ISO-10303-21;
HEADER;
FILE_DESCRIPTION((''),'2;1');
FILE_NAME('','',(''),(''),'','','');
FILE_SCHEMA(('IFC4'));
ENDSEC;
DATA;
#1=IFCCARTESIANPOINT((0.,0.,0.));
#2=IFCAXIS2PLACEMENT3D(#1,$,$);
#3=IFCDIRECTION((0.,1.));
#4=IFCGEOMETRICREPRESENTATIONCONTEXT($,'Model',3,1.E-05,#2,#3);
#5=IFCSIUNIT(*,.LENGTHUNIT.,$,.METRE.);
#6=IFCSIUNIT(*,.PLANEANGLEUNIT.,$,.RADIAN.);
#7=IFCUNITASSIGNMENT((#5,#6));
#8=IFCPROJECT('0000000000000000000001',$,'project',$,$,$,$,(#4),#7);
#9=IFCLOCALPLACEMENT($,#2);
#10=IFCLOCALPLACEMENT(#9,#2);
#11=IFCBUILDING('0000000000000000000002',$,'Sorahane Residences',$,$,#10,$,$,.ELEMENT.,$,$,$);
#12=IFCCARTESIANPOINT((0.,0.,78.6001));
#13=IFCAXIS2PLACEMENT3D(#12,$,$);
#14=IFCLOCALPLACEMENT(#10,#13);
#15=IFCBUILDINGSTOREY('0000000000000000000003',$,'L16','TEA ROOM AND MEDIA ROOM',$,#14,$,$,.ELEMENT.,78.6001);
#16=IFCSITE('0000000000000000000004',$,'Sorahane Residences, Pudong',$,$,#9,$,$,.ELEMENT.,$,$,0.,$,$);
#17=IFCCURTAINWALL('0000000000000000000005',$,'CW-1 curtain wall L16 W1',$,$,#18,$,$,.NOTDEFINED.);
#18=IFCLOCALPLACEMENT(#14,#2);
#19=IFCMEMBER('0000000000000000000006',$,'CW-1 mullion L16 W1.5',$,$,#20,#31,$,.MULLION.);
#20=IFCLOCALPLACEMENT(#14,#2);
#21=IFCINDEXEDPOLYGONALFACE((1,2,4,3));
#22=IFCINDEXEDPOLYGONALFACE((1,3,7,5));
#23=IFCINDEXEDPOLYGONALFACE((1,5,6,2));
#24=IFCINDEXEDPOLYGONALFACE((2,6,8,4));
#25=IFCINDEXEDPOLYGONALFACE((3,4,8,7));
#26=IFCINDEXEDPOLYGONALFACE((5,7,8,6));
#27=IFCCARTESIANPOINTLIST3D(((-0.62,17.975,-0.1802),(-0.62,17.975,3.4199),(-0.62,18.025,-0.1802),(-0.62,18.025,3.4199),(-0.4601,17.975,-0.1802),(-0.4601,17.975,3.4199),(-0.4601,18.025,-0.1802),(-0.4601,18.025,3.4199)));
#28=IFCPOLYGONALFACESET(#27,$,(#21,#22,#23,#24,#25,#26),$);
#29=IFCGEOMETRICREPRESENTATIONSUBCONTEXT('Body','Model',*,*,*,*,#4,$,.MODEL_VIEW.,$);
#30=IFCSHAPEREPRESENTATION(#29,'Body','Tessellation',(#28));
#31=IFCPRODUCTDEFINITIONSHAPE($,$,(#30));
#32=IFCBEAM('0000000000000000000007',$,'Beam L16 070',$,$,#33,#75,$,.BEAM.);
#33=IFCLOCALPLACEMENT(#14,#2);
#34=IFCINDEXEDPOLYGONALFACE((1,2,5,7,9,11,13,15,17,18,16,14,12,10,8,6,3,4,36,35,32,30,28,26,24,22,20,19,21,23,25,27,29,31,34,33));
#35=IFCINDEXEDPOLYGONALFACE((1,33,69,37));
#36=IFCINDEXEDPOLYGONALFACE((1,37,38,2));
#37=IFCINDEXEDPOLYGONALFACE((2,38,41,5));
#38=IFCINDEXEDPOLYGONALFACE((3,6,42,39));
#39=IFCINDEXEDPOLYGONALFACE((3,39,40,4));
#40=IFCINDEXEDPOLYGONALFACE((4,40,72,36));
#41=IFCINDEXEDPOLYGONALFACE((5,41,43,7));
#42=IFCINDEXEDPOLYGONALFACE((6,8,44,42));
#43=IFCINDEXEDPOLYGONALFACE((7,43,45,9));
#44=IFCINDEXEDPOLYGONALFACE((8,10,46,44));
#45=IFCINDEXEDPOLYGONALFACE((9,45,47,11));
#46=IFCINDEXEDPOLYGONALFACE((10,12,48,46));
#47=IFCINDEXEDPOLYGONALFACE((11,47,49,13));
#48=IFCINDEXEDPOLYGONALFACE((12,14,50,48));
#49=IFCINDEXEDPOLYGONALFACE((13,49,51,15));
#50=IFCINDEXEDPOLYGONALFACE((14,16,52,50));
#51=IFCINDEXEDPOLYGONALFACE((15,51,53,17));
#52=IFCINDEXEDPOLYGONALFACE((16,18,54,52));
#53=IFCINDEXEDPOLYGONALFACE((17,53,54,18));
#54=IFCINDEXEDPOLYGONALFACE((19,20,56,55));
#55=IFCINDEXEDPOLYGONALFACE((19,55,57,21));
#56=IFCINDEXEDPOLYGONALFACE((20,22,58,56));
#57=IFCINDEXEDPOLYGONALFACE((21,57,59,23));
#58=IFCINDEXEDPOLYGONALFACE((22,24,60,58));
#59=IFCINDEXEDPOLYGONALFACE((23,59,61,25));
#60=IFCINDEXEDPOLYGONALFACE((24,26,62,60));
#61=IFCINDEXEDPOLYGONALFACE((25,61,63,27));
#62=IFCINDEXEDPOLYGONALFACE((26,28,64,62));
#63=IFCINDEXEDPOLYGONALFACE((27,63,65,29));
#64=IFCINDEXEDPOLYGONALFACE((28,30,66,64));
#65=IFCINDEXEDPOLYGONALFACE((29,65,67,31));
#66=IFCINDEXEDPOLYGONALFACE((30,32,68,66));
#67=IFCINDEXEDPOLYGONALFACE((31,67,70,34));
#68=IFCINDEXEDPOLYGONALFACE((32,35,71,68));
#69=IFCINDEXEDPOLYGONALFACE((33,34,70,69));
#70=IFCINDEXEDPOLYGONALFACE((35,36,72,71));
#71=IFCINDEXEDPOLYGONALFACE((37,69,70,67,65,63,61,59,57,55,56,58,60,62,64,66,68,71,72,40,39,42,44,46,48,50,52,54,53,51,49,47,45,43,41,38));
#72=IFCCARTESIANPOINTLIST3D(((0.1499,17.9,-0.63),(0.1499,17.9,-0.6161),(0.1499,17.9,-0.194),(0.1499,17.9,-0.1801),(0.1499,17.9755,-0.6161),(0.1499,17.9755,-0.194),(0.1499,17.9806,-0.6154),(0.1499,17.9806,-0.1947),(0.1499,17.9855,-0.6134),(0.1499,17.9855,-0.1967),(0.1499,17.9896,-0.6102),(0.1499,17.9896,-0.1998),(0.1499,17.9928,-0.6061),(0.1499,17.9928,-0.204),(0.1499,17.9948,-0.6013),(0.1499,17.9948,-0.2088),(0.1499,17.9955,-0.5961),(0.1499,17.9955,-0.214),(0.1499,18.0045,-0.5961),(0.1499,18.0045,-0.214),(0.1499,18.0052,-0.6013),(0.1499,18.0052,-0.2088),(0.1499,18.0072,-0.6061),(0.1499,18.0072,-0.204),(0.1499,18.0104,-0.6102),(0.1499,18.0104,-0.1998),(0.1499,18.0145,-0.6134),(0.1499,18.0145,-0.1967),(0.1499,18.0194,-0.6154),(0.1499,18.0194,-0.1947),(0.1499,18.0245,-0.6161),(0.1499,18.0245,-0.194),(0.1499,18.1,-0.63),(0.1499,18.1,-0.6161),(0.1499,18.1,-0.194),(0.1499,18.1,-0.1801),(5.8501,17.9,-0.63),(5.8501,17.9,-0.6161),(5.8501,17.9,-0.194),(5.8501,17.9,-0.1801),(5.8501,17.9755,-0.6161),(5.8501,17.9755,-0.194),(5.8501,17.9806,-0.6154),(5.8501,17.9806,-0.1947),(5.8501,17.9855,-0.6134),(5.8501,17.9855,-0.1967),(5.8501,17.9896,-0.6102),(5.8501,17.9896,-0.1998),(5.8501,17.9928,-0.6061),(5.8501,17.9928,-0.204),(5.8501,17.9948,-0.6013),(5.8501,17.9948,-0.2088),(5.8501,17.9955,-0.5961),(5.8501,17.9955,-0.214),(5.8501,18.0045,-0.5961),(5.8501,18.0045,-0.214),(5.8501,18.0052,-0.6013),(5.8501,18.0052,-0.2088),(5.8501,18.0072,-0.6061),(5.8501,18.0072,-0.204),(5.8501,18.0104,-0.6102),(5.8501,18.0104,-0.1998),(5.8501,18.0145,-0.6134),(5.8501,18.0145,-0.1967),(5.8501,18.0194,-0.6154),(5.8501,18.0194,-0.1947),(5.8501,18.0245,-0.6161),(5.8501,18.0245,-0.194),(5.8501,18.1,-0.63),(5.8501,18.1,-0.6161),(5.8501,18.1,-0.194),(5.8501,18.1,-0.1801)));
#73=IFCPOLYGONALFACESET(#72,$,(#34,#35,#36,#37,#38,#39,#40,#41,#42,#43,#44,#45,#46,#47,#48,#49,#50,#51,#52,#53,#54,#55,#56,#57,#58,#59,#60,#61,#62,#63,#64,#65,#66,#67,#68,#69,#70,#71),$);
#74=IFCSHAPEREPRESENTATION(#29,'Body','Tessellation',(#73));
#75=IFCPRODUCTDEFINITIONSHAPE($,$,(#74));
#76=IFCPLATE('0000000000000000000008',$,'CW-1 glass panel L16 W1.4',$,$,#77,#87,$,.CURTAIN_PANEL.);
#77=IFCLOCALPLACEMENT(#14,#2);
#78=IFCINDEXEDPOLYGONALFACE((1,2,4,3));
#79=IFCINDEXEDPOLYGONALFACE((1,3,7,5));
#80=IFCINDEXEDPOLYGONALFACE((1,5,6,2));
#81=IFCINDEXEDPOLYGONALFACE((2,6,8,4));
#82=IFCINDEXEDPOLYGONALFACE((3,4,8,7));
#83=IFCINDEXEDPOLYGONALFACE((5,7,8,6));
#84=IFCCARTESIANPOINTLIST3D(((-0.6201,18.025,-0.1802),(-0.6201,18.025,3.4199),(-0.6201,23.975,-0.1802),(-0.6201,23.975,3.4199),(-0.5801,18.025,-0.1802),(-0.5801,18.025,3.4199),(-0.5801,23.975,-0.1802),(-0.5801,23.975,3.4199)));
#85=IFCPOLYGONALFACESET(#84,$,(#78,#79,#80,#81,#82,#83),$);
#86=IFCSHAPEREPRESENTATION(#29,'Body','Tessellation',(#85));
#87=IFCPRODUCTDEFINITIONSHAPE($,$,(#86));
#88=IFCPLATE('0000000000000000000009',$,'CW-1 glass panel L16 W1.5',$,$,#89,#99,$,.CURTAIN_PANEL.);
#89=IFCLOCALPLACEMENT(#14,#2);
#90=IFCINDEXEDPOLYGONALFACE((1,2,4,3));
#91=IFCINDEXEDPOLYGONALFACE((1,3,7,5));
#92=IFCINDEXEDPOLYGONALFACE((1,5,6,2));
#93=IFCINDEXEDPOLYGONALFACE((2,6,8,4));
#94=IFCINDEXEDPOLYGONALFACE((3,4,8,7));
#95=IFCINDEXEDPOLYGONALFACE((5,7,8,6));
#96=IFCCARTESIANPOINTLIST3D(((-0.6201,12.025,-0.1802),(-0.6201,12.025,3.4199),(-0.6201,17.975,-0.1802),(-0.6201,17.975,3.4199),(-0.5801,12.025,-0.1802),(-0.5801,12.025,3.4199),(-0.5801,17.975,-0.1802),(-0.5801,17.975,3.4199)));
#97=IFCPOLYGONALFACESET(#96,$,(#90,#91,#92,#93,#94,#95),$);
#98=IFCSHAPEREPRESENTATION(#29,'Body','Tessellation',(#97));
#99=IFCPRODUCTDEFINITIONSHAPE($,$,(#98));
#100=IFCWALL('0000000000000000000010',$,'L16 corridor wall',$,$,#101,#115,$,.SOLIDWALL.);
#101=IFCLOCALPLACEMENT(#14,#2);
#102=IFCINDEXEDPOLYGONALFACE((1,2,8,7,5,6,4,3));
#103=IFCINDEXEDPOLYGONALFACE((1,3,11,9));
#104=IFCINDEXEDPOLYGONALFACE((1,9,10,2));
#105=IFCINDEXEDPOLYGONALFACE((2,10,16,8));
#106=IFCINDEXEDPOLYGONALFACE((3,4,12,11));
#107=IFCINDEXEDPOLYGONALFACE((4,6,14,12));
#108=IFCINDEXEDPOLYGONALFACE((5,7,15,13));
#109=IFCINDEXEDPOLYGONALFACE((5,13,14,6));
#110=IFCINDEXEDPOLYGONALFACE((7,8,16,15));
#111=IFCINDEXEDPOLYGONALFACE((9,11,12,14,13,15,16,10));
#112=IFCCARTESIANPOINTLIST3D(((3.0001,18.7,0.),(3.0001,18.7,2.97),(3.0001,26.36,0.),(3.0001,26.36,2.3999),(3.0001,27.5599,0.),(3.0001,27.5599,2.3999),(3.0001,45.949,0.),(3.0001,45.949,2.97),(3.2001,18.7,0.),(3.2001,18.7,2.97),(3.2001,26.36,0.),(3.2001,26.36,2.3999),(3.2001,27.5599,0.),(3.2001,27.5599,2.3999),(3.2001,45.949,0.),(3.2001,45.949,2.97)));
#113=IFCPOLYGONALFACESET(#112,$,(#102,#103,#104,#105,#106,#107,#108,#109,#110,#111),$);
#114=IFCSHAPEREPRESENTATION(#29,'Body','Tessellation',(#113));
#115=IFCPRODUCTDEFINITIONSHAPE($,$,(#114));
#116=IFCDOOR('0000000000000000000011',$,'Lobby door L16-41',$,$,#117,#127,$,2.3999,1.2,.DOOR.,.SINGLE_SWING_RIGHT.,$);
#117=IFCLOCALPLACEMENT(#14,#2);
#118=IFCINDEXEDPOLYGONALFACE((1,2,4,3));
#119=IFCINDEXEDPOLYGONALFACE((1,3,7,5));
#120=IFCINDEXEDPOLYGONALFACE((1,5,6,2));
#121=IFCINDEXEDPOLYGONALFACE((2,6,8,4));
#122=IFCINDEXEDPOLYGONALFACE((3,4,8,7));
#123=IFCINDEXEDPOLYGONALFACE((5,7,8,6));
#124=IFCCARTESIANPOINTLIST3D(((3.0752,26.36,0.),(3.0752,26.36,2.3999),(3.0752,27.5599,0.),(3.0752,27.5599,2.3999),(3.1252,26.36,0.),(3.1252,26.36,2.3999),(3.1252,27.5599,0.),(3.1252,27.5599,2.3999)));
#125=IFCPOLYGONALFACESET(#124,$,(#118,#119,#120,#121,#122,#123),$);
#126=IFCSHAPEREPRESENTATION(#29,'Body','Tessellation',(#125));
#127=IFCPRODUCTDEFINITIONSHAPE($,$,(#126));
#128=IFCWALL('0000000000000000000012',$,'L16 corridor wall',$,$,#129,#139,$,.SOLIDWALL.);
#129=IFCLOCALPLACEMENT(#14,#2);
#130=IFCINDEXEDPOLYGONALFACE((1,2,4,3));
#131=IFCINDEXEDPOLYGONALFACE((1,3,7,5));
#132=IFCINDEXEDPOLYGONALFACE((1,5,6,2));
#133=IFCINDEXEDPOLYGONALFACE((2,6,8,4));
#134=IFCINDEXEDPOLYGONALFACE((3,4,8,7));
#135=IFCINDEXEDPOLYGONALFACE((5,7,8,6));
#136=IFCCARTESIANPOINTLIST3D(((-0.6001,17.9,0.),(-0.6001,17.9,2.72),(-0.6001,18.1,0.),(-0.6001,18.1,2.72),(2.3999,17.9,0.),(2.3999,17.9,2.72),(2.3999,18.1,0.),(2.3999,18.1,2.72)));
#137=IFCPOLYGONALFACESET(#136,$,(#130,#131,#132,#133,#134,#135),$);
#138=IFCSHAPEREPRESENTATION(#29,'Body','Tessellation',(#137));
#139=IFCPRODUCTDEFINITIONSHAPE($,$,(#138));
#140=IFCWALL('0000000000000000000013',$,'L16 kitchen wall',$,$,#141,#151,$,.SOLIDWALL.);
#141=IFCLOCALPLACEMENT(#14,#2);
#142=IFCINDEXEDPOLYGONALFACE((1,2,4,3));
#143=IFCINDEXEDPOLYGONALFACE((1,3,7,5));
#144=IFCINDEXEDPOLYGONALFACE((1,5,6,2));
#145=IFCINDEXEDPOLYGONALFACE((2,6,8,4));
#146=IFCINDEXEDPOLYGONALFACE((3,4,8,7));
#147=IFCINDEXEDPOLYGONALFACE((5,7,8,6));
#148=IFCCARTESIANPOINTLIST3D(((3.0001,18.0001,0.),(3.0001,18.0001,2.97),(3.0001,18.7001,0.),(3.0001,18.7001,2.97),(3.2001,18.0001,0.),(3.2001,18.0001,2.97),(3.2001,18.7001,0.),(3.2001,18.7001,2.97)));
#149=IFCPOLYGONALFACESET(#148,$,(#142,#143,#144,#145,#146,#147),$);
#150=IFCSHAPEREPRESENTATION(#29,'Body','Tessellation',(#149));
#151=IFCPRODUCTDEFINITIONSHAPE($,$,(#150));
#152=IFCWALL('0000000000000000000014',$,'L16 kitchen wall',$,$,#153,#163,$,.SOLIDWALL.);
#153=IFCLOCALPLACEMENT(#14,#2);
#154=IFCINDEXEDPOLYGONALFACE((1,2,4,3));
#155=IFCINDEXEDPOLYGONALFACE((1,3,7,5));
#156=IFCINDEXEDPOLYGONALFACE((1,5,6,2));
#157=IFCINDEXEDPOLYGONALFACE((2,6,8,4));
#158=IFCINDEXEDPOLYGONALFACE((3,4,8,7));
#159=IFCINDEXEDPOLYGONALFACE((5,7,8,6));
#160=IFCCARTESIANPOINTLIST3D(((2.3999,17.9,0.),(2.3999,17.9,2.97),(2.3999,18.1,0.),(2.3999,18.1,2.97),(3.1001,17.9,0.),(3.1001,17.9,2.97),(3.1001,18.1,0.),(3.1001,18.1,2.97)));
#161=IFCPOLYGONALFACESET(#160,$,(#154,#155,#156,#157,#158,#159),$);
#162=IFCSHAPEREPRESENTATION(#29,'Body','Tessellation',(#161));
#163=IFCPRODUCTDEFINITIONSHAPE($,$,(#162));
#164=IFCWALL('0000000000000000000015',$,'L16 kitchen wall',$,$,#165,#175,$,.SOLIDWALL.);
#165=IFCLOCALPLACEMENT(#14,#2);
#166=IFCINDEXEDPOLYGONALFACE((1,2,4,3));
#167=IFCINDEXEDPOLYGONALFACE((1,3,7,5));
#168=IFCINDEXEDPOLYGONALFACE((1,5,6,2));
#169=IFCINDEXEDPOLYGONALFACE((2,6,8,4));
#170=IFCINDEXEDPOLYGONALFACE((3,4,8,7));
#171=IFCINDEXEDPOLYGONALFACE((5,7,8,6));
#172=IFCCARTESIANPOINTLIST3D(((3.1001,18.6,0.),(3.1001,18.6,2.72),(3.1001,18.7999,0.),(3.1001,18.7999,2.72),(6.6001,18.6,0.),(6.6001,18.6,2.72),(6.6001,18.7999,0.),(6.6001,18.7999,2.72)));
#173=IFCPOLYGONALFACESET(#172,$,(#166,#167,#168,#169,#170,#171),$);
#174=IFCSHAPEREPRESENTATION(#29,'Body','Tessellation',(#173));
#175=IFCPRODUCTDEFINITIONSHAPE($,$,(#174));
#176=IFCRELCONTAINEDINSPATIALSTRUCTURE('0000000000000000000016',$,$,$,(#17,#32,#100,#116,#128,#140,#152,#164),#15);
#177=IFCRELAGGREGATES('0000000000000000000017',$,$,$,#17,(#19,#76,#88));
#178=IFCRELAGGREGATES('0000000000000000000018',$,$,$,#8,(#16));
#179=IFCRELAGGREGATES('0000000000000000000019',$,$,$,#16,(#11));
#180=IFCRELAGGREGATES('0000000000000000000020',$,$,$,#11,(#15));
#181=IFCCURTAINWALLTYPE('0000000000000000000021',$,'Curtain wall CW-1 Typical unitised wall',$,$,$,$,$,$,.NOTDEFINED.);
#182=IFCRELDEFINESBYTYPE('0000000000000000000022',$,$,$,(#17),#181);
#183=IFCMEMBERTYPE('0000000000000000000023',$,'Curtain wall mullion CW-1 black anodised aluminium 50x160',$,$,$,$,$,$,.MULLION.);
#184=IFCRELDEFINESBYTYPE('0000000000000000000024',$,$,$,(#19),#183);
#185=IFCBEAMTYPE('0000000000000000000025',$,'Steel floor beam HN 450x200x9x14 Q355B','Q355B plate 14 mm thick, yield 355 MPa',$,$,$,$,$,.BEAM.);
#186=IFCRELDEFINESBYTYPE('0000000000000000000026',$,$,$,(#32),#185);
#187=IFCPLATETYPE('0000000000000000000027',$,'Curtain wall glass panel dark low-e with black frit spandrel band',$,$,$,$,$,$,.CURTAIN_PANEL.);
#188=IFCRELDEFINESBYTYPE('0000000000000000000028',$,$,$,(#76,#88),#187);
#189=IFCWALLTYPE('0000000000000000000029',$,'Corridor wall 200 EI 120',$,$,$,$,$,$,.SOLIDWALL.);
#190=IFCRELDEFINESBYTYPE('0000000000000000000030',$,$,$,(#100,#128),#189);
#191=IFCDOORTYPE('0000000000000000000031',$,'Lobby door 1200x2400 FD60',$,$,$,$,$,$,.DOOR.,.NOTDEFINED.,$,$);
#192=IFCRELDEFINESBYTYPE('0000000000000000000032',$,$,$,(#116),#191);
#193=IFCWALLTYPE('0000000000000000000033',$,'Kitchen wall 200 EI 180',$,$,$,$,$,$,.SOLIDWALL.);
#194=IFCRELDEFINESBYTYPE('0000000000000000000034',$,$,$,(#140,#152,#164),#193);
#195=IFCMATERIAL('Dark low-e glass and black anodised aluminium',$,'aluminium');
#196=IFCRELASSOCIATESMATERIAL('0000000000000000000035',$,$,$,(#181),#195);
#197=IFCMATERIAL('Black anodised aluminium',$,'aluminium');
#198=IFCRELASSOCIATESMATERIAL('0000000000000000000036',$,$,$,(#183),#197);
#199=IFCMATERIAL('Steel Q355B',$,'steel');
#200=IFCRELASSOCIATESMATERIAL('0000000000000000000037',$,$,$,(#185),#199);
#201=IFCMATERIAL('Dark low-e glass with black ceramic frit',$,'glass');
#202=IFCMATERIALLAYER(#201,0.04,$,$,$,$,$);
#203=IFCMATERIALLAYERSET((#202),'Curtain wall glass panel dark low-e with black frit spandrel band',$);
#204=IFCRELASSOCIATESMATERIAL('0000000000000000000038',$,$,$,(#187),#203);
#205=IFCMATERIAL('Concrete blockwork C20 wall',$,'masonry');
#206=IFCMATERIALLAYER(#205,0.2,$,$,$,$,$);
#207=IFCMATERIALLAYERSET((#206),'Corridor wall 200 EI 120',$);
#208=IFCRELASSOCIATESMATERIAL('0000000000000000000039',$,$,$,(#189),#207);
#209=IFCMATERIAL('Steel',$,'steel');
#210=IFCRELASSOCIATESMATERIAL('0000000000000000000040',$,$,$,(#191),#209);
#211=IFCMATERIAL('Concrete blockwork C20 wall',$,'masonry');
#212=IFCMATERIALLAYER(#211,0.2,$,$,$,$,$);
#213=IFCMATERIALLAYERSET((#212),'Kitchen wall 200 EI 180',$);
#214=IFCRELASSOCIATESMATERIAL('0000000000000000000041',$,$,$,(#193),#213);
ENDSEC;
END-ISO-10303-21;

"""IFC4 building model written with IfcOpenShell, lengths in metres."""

from ifc_helpers import new_model, si_unit, direction, frame, frame_2d, origin, origin_2d, place, context, subcontext, project, spatial, rectangle, i_section, extrude, material, layer, layer_set, material_profile, profile_set, type_object, element, fill, aggregate, save


model = new_model("IFC4")

# Units and contexts
model_context = context("Model", 3, precision=1e-05, world=origin(), true_north=direction((0.0, 1.0)))
body_context = subcontext(model_context, "Body", "Model", "MODEL_VIEW")
ifc_project = project(units=[si_unit("LENGTHUNIT", "METRE"), si_unit("PLANEANGLEUNIT", "RADIAN")], contexts=[model_context])

# Site, building, storey
site_placement = place(None, origin())
site = spatial("IfcSite", under=ifc_project, at=site_placement, Name="Sorahane Residences, Pudong", CompositionType="ELEMENT", RefElevation=0.0)
building_placement = place(site_placement, origin())
building = spatial("IfcBuilding", under=site, at=building_placement, Name="Sorahane Residences", CompositionType="ELEMENT")
storey_placement = place(building_placement, frame((0.0, 0.0, 78.6001)))
storey = spatial("IfcBuildingStorey", under=building, at=storey_placement, Name="L16", Description="TEA ROOM AND MEDIA ROOM", CompositionType="ELEMENT", Elevation=78.6001)

# Curtain wall, member
ifc_material_1 = material(Name="Dark low-e glass and black anodised aluminium", Category="aluminium")
curtain_wall_type = type_object("IfcCurtainWallType", Name="Curtain wall CW-1 Typical unitised wall", PredefinedType="NOTDEFINED", material=ifc_material_1)
curtain_wall_placement = place(storey_placement, origin())
curtain_wall = element("IfcCurtainWall", 1, at=curtain_wall_placement, inside=storey, type_object=curtain_wall_type, Name="CW-1 curtain wall L16 W1", PredefinedType="NOTDEFINED")
ifc_material_2 = material(Name="Black anodised aluminium", Category="aluminium")
ifc_material_profile_1 = material_profile(ifc_material_2, rectangle(XDim=0.1599, YDim=0.05, at=origin_2d()), Name="Curtain wall mullion CW-1 black anodised aluminium 50x160")
ifc_profile_set_1 = profile_set([ifc_material_profile_1], Name="Black anodised aluminium")
member_type = type_object("IfcMemberType", Name="Curtain wall mullion CW-1 black anodised aluminium 50x160", PredefinedType="MULLION", material=ifc_profile_set_1)
member_placement = place(storey_placement, frame((-0.54, 18.0, -0.1802), z_axis=(0.0, 0.0, 1.0), x_axis=(-1.0, 0.0, 0.0)))
member = element("IfcMember", 2, at=member_placement, type_object=member_type, Name="CW-1 mullion L16 W1.5", PredefinedType="MULLION", context=body_context, shape_type="SweptSolid", body=[
    extrude(rectangle(XDim=0.1599, YDim=0.05, at=origin_2d()), origin(), (0.0, 0.0, 1.0), 3.6001),
])

# Beam
ifc_material_3 = material(Name="Steel Q355B", Category="steel")
ifc_material_profile_2 = material_profile(ifc_material_3, i_section(OverallWidth=0.2, OverallDepth=0.45, WebThickness=0.009, FlangeThickness=0.0139, FilletRadius=0.02, at=origin_2d()), Name="HN 450x200x9x14")
ifc_profile_set_2 = profile_set([ifc_material_profile_2], Name="Steel Q355B")
beam_type = type_object("IfcBeamType", Name="Steel floor beam HN 450x200x9x14 Q355B", Description="Q355B plate 14 mm thick, yield 355 MPa", PredefinedType="BEAM", material=ifc_profile_set_2)
beam_placement = place(storey_placement, frame((0.1499, 18.0, -0.405), z_axis=(1.0, 0.0, 0.0), x_axis=(0.0, 1.0, 0.0)))
element("IfcBeam", 3, at=beam_placement, inside=storey, type_object=beam_type, Name="Beam L16 070", PredefinedType="BEAM", context=body_context, shape_type="SweptSolid", body=[
    extrude(i_section(OverallWidth=0.2, OverallDepth=0.45, WebThickness=0.009, FlangeThickness=0.0139, FilletRadius=0.02, at=origin_2d()), origin(), (0.0, 0.0, 1.0), 5.7002),
])

# Plates
ifc_material_4 = material(Name="Dark low-e glass with black ceramic frit", Category="glass")
ifc_layer_1 = layer(ifc_material_4, 0.04)
ifc_layer_set_1 = layer_set([ifc_layer_1], Name="Curtain wall glass panel dark low-e with black frit spandrel band")
plate_type = type_object("IfcPlateType", Name="Curtain wall glass panel dark low-e with black frit spandrel band", PredefinedType="CURTAIN_PANEL", material=ifc_layer_set_1)
plate_1_placement = place(storey_placement, frame((-0.6001, 21.0, -0.1802), z_axis=(0.0, 0.0, 1.0), x_axis=(0.0, -1.0, 0.0)))
plate_1 = element("IfcPlate", 4, at=plate_1_placement, type_object=plate_type, Name="CW-1 glass panel L16 W1.4", PredefinedType="CURTAIN_PANEL", context=body_context, shape_type="SweptSolid", body=[
    extrude(rectangle(XDim=5.95, YDim=0.04, at=origin_2d()), origin(), (0.0, 0.0, 1.0), 3.6001),
])
plate_2_placement = place(storey_placement, frame((-0.6001, 15.0, -0.1802), z_axis=(0.0, 0.0, 1.0), x_axis=(0.0, -1.0, 0.0)))
plate_2 = element("IfcPlate", 5, at=plate_2_placement, type_object=plate_type, Name="CW-1 glass panel L16 W1.5", PredefinedType="CURTAIN_PANEL", context=body_context, shape_type="SweptSolid", body=[
    extrude(rectangle(XDim=5.95, YDim=0.04, at=origin_2d()), origin(), (0.0, 0.0, 1.0), 3.6001),
])
aggregate(curtain_wall, [member, plate_1, plate_2])

# Wall, opening, door
ifc_material_5 = material(Name="Concrete blockwork C20 wall", Category="masonry")
ifc_layer_2 = layer(ifc_material_5, 0.2)
ifc_layer_set_2 = layer_set([ifc_layer_2], Name="Corridor wall 200 EI 120")
wall_type_1 = type_object("IfcWallType", Name="Corridor wall 200 EI 120", PredefinedType="SOLIDWALL", material=ifc_layer_set_2)
wall_1_placement = place(storey_placement, frame((3.1001, 18.7, 0.0), z_axis=(0.0, 0.0, 1.0), x_axis=(0.0, 1.0, 0.0)))
wall_1 = element("IfcWall", 6, at=wall_1_placement, inside=storey, type_object=wall_type_1, Name="L16 corridor wall", PredefinedType="SOLIDWALL", context=body_context, shape_type="SweptSolid", body=[
    extrude(rectangle(XDim=27.249, YDim=0.2, at=frame_2d((13.6245, 0.0))), origin(), (0.0, 0.0, 1.0), 2.97),
])
opening_1_placement = place(wall_1_placement, frame((7.6599, 0.0, 0.0)))
opening_1 = element("IfcOpeningElement", 7, at=opening_1_placement, cuts=wall_1, PredefinedType="OPENING", context=body_context, shape_type="SweptSolid", body=[
    extrude(rectangle(XDim=1.2, YDim=2.3999, at=frame_2d((0.6001, 1.2))), frame((0.0, 0.1099, 0.0), z_axis=(0.0, -1.0, 0.0), x_axis=(1.0, 0.0, 0.0)), (0.0, 0.0, 1.0), 0.22),
])
ifc_material_6 = material(Name="Steel", Category="steel")
door_type_1 = type_object("IfcDoorType", Name="Lobby door 1200x2400 FD60", OperationType="NOTDEFINED", PredefinedType="DOOR", material=ifc_material_6)
door_1_placement = place(opening_1_placement, origin())
door_1 = element("IfcDoor", 8, at=door_1_placement, inside=storey, type_object=door_type_1, Name="Lobby door L16-41", OperationType="SINGLE_SWING_RIGHT", OverallHeight=2.3999, OverallWidth=1.2, PredefinedType="DOOR", context=body_context, shape_type="SweptSolid", body=[
    extrude(rectangle(XDim=1.2, YDim=2.3999, at=frame_2d((0.6001, 1.2))), frame((0.0, 0.0249, 0.0), z_axis=(0.0, -1.0, 0.0), x_axis=(1.0, 0.0, 0.0)), (0.0, 0.0, 1.0), 0.05),
])
fill(opening_1, door_1)

# Walls
wall_2_placement = place(storey_placement, frame((-0.6001, 18.0, 0.0), z_axis=(0.0, 0.0, 1.0), x_axis=(1.0, 0.0, 0.0)))
element("IfcWall", 9, at=wall_2_placement, inside=storey, type_object=wall_type_1, Name="L16 corridor wall", PredefinedType="SOLIDWALL", context=body_context, shape_type="SweptSolid", body=[
    extrude(rectangle(XDim=3.0, YDim=0.2, at=frame_2d((1.5, 0.0))), origin(), (0.0, 0.0, 1.0), 2.72),
])
ifc_material_7 = material(Name="Concrete blockwork C20 wall", Category="masonry")
ifc_layer_3 = layer(ifc_material_7, 0.2)
ifc_layer_set_3 = layer_set([ifc_layer_3], Name="Kitchen wall 200 EI 180")
wall_type_2 = type_object("IfcWallType", Name="Kitchen wall 200 EI 180", PredefinedType="SOLIDWALL", material=ifc_layer_set_3)
wall_3_placement = place(storey_placement, frame((3.1001, 18.0, 0.0), z_axis=(0.0, 0.0, 1.0), x_axis=(0.0, 1.0, 0.0)))
element("IfcWall", 10, at=wall_3_placement, inside=storey, type_object=wall_type_2, Name="L16 kitchen wall", PredefinedType="SOLIDWALL", context=body_context, shape_type="SweptSolid", body=[
    extrude(rectangle(XDim=0.7, YDim=0.2, at=frame_2d((0.3501, 0.0))), origin(), (0.0, 0.0, 1.0), 2.97),
])
wall_4_placement = place(storey_placement, frame((2.3999, 18.0, 0.0), z_axis=(0.0, 0.0, 1.0), x_axis=(1.0, 0.0, 0.0)))
element("IfcWall", 11, at=wall_4_placement, inside=storey, type_object=wall_type_2, Name="L16 kitchen wall", PredefinedType="SOLIDWALL", context=body_context, shape_type="SweptSolid", body=[
    extrude(rectangle(XDim=0.7002, YDim=0.2, at=frame_2d((0.3501, 0.0))), origin(), (0.0, 0.0, 1.0), 2.97),
])
wall_5_placement = place(storey_placement, frame((3.1001, 18.7, 0.0), z_axis=(0.0, 0.0, 1.0), x_axis=(1.0, 0.0, 0.0)))
element("IfcWall", 12, at=wall_5_placement, inside=storey, type_object=wall_type_2, Name="L16 kitchen wall", PredefinedType="SOLIDWALL", context=body_context, shape_type="SweptSolid", body=[
    extrude(rectangle(XDim=3.5, YDim=0.2, at=frame_2d((1.75, 0.0))), origin(), (0.0, 0.0, 1.0), 2.72),
])

save(model, "model.ifc")
